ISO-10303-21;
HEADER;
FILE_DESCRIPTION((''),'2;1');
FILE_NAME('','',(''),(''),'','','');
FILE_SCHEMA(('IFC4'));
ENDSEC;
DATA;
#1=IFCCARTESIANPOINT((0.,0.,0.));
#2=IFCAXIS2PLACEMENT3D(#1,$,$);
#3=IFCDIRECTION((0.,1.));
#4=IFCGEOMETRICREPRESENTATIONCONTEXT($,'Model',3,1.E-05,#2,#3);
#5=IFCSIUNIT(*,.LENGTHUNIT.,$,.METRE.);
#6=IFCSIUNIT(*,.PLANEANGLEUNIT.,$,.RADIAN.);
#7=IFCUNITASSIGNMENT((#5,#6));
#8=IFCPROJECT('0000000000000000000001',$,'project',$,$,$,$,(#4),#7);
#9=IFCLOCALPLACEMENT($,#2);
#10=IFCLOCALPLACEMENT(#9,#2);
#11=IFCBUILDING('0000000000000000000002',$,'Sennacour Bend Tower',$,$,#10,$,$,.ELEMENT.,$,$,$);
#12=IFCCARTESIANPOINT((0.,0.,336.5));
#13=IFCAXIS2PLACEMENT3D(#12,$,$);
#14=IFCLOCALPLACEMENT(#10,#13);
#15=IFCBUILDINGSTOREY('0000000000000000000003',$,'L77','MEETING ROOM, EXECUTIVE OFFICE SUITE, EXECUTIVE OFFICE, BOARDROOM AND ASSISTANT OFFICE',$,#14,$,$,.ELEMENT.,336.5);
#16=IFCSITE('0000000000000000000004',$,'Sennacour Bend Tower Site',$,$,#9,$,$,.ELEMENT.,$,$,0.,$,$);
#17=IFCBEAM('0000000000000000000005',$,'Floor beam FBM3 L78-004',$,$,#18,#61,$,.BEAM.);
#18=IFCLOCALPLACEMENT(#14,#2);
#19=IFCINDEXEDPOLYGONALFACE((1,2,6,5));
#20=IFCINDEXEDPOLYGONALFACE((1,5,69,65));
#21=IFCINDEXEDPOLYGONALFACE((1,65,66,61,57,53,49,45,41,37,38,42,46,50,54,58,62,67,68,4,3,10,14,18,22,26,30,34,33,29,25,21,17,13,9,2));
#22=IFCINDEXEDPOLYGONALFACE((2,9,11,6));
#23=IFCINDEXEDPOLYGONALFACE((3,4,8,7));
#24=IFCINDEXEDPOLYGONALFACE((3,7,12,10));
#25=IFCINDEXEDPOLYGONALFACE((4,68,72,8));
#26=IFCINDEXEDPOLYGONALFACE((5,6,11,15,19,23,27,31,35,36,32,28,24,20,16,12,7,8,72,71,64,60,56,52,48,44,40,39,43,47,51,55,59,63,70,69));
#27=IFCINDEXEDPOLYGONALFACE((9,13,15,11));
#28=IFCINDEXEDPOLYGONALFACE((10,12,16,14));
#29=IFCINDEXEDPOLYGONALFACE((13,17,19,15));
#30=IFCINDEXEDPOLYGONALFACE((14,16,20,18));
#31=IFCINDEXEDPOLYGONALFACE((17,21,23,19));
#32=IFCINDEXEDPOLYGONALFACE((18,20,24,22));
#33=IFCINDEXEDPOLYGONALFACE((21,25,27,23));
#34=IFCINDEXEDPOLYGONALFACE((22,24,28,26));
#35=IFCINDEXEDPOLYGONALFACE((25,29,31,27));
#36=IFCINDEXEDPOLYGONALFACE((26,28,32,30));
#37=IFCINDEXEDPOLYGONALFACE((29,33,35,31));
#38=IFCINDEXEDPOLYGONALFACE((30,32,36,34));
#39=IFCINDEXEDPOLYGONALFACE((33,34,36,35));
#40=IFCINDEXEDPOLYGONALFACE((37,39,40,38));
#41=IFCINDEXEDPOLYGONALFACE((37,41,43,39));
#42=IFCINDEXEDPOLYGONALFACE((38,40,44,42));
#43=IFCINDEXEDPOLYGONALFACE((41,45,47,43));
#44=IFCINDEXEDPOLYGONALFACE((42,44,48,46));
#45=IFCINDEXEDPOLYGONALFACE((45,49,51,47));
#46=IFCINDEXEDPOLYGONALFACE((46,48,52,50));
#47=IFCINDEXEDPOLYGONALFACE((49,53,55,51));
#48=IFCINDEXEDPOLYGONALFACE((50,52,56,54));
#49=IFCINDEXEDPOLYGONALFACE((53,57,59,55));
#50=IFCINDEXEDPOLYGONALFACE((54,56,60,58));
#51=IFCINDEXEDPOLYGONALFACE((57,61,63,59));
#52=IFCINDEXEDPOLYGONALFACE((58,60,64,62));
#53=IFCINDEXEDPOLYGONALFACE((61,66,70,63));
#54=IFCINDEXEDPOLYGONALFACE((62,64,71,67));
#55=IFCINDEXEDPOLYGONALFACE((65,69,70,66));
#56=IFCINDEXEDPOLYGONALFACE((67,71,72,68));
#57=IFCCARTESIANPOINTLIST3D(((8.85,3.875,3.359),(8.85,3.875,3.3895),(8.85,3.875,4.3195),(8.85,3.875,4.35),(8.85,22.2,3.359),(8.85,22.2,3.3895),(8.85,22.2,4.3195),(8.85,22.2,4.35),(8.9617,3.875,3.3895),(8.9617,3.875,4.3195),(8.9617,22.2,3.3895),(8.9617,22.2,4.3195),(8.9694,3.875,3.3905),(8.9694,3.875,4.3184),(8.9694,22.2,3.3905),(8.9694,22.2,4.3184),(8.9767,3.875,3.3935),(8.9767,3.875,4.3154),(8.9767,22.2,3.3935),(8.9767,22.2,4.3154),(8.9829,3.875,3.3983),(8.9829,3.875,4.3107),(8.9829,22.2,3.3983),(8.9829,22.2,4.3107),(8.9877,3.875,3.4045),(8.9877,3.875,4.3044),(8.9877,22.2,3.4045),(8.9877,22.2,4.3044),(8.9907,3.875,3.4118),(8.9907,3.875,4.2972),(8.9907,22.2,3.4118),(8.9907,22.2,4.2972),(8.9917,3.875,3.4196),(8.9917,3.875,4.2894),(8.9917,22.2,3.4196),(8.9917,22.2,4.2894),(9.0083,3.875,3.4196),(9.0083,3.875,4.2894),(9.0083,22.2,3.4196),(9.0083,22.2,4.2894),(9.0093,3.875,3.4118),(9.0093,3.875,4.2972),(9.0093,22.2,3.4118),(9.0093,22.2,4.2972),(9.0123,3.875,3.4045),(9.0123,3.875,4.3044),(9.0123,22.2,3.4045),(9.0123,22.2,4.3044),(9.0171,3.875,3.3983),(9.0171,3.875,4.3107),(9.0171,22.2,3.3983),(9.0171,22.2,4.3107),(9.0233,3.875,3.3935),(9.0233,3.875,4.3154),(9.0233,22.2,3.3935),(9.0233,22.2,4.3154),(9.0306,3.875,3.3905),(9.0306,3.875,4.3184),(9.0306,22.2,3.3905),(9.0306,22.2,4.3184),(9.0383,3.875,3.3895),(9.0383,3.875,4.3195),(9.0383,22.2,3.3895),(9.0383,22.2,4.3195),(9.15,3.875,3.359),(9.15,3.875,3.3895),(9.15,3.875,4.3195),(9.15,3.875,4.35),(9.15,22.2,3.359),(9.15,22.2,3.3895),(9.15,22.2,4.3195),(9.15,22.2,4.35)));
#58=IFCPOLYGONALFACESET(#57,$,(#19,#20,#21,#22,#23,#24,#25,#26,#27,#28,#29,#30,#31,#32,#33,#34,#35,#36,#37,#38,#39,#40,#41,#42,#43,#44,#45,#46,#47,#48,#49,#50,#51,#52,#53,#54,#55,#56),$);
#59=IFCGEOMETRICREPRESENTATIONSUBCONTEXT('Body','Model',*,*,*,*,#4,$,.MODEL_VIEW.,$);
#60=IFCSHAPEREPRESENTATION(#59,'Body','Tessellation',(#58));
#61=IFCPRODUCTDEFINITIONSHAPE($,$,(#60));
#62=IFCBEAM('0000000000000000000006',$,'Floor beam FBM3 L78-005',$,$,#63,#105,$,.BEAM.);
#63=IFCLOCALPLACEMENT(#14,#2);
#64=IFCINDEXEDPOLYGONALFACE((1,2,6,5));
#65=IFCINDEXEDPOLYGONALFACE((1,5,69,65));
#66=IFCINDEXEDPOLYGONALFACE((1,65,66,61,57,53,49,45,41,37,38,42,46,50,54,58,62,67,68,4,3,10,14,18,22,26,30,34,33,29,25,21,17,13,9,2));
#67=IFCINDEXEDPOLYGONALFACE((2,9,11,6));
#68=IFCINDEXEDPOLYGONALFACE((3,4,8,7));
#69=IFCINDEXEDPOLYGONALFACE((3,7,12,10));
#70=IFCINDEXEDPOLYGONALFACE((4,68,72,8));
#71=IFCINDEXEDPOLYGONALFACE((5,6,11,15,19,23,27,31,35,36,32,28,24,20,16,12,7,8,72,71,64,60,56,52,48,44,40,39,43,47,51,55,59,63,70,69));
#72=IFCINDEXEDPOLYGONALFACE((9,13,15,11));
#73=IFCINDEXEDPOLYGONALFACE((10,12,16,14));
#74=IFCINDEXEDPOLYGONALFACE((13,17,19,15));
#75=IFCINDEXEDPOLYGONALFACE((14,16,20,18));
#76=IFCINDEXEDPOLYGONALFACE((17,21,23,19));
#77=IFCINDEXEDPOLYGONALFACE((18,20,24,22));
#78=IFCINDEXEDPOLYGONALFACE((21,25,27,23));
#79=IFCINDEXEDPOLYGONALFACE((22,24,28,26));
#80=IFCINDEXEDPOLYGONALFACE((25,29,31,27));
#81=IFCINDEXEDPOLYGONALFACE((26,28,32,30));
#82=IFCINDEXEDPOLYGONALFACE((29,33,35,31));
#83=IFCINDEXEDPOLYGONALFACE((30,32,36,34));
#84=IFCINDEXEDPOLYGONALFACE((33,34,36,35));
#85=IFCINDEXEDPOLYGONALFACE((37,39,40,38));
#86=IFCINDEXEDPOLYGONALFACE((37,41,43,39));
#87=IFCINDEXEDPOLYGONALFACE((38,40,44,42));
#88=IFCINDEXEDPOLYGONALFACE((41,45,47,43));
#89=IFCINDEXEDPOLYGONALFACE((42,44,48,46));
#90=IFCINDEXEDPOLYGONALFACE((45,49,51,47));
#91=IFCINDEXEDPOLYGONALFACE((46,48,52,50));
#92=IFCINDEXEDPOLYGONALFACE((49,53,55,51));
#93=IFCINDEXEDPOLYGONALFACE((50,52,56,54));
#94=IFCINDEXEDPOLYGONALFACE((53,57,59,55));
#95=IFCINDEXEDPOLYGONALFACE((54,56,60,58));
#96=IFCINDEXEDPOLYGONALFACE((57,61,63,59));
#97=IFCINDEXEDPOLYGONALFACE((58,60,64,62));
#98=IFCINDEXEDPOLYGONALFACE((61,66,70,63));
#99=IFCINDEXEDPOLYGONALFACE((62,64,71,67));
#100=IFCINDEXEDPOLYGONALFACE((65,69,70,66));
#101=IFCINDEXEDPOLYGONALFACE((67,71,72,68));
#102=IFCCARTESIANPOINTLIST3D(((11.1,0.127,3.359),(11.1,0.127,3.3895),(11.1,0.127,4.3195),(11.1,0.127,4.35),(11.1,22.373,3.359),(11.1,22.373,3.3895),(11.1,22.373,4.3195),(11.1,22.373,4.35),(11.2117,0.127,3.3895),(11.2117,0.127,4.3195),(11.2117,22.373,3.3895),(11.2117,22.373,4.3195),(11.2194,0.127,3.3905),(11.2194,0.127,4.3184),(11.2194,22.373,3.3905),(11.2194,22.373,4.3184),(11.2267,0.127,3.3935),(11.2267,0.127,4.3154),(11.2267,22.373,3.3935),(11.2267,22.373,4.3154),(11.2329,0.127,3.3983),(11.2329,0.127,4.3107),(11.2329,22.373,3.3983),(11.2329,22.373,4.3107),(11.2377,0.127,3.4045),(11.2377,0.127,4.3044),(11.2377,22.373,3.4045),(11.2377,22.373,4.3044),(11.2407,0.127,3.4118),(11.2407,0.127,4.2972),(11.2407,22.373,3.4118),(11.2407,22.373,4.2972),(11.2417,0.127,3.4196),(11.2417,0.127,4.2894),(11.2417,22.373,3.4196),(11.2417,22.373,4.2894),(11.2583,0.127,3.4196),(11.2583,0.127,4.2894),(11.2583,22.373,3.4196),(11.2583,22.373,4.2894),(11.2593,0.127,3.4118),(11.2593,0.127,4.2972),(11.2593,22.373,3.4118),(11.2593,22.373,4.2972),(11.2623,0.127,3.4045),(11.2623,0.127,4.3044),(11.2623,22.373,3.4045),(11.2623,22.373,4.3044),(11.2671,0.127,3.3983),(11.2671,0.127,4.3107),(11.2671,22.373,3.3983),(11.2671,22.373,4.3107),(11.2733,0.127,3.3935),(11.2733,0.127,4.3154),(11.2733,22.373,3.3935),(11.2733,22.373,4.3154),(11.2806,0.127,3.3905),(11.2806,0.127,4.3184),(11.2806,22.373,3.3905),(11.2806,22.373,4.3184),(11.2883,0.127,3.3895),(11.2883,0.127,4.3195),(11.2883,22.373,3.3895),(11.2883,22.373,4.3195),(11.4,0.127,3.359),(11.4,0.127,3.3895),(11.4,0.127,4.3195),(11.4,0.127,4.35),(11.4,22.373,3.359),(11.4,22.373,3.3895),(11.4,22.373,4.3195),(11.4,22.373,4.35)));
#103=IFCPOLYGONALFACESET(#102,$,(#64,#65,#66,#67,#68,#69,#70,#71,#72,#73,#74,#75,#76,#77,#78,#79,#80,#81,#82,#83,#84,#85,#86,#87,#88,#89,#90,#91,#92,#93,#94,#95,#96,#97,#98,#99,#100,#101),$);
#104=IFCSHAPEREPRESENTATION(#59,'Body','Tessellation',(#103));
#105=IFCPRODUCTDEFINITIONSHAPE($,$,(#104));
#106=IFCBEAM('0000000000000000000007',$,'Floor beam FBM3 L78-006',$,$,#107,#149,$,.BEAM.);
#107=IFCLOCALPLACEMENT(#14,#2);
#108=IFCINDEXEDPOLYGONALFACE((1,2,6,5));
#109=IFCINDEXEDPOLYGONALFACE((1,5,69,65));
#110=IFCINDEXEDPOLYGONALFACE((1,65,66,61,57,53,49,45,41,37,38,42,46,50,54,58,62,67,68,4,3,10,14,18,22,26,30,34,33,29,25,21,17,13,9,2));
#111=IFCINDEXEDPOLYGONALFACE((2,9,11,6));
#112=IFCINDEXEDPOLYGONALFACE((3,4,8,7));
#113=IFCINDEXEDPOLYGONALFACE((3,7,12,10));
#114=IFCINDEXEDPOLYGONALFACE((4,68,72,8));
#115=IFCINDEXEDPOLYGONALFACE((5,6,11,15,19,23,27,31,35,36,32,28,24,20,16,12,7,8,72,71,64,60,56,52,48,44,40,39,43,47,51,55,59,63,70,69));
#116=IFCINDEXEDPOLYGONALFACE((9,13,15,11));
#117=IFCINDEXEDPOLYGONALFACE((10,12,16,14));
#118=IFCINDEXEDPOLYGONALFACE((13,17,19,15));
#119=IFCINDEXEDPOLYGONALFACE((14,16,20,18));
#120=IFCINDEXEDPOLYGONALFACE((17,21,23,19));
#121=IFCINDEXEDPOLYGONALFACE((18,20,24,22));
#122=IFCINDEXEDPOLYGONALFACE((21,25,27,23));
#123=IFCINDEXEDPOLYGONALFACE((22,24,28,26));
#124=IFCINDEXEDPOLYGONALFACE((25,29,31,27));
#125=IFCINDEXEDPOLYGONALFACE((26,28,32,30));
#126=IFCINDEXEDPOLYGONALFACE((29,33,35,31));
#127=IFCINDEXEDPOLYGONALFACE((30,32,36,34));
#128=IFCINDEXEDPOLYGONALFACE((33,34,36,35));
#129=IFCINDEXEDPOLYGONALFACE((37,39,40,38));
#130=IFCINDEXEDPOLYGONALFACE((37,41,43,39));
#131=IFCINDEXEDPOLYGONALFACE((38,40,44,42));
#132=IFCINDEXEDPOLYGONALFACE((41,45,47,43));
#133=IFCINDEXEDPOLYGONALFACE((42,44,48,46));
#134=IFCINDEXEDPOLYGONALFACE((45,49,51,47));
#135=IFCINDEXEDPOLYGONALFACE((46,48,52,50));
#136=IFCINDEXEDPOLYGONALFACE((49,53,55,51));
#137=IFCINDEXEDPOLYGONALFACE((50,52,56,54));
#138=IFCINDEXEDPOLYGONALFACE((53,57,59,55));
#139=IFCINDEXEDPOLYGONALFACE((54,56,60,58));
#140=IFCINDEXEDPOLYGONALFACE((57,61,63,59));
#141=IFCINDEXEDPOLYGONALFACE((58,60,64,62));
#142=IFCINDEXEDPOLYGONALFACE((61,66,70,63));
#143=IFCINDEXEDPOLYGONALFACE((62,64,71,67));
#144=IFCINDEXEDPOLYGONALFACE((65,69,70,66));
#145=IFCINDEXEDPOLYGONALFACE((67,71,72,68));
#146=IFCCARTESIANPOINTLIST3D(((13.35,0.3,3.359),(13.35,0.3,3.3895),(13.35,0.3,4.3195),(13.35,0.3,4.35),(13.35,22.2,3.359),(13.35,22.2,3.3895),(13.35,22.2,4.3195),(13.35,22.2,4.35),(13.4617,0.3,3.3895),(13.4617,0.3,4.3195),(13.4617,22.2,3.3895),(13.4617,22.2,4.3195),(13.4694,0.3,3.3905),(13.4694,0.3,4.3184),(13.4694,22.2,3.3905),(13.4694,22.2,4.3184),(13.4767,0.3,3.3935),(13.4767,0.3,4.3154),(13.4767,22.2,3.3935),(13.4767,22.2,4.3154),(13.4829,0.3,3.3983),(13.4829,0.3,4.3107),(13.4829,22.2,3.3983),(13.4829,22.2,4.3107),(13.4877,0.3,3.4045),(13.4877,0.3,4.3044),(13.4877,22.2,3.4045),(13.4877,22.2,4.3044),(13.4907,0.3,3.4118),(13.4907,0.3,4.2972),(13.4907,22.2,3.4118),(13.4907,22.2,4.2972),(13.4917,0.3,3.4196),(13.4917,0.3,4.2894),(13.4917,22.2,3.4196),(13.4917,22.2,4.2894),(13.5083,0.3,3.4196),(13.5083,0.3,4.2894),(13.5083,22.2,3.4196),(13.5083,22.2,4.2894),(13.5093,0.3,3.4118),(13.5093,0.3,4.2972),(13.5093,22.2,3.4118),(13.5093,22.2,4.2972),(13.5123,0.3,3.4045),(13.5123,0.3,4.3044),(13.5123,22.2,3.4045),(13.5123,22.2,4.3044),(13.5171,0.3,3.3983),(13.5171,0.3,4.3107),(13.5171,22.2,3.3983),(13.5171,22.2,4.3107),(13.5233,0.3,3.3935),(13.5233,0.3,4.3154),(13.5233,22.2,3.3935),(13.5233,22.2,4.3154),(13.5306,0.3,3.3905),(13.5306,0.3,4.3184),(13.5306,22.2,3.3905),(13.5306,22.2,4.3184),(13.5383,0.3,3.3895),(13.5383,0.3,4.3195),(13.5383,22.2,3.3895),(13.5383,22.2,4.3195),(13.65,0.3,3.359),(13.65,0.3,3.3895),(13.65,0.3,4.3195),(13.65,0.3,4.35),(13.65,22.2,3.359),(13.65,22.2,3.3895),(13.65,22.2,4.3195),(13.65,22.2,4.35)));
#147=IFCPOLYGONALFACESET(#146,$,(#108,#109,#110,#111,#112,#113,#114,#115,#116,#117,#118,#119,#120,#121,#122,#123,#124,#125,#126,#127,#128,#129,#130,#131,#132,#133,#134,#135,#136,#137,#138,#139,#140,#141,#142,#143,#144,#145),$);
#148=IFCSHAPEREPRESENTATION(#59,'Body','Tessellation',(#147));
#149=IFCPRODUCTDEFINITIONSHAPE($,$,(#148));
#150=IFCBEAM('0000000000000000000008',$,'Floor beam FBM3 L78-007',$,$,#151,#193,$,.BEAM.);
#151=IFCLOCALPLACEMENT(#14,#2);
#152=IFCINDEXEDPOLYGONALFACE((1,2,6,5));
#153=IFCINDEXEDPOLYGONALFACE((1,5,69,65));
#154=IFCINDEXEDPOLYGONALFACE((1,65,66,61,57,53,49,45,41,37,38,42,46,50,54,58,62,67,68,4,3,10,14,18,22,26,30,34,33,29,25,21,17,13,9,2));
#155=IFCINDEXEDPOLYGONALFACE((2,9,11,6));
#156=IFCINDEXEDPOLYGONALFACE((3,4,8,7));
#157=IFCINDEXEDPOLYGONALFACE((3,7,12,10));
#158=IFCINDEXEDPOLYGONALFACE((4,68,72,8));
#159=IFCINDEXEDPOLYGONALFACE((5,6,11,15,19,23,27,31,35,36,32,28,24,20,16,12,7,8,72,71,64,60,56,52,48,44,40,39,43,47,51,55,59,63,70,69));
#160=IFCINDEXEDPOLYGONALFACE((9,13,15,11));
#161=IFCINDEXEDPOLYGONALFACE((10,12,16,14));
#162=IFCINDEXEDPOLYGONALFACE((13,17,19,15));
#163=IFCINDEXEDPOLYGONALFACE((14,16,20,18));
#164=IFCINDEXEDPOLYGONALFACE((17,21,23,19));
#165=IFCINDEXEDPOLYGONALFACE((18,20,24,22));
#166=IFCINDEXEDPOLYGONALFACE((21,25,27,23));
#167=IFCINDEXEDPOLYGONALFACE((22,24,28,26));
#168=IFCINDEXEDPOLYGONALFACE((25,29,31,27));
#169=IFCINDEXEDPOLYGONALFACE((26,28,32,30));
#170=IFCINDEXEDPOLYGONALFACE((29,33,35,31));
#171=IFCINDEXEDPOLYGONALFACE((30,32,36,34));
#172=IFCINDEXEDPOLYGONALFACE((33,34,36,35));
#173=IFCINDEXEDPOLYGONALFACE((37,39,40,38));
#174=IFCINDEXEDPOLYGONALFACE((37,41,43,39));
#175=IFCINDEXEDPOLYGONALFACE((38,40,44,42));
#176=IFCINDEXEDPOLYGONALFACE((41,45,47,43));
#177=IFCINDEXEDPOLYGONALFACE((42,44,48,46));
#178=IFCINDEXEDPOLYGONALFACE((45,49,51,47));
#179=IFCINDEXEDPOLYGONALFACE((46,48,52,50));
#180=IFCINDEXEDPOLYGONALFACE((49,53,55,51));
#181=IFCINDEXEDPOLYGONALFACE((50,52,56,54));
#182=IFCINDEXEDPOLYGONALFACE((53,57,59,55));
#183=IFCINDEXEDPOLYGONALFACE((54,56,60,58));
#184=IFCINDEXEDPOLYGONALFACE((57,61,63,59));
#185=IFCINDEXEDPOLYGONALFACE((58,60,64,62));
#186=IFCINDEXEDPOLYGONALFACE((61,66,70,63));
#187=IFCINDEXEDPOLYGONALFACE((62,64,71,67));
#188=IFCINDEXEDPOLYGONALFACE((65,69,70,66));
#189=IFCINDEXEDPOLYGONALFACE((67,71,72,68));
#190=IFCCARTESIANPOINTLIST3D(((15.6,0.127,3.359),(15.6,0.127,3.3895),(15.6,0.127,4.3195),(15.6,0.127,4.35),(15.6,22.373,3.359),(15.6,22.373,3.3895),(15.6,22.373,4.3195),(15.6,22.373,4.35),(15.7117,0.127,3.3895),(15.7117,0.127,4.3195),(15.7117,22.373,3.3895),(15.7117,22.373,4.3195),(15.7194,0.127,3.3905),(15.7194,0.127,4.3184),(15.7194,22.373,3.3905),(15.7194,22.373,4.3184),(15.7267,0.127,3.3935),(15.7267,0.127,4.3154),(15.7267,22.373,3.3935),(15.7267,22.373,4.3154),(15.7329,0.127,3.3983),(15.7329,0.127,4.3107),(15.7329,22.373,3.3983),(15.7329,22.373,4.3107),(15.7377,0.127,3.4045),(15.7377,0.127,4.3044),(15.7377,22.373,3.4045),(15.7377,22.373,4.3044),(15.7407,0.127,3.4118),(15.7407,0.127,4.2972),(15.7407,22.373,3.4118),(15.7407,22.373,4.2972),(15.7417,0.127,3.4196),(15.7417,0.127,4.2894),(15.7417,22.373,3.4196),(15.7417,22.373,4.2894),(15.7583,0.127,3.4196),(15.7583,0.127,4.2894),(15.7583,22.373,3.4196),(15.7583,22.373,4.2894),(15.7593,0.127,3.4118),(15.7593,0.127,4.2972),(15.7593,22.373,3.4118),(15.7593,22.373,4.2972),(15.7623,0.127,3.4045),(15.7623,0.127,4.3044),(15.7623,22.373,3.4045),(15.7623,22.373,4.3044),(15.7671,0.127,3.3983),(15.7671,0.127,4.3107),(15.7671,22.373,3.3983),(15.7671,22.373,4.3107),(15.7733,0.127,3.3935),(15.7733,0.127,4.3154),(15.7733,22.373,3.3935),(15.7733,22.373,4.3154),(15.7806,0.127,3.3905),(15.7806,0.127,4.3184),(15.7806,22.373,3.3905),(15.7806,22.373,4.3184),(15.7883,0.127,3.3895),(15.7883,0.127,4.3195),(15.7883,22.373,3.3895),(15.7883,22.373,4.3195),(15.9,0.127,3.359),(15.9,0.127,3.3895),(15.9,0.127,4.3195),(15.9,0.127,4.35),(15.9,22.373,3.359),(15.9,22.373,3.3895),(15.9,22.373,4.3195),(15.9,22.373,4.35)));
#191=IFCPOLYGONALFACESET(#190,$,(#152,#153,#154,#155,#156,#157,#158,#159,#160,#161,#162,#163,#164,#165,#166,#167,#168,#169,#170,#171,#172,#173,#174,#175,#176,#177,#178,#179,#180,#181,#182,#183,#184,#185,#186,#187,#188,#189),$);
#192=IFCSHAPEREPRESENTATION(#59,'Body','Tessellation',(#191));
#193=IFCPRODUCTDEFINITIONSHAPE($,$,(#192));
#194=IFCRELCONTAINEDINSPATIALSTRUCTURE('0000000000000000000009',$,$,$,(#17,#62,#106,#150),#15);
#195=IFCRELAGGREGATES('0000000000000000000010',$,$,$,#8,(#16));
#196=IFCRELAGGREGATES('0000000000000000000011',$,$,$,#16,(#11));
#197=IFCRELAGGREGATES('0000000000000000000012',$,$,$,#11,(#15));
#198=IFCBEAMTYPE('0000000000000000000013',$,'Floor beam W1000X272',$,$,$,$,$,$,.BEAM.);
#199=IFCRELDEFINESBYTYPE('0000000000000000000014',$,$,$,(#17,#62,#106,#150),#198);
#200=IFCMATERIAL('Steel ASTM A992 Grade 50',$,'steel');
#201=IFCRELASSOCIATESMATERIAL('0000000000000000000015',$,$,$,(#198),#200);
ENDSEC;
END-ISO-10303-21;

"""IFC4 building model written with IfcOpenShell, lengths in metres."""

from ifc_helpers import new_model, si_unit, direction, frame, origin, origin_2d, place, context, subcontext, project, spatial, i_section, extrude, material, material_profile, profile_set, type_object, element, save


model = new_model("IFC4")

# Units and contexts
model_context = context("Model", 3, precision=1e-05, world=origin(), true_north=direction((0.0, 1.0)))
body_context = subcontext(model_context, "Body", "Model", "MODEL_VIEW")
ifc_project = project(units=[si_unit("LENGTHUNIT", "METRE"), si_unit("PLANEANGLEUNIT", "RADIAN")], contexts=[model_context])

# Site, building, storey
site_placement = place(None, origin())
site = spatial("IfcSite", under=ifc_project, at=site_placement, Name="Sennacour Bend Tower Site", CompositionType="ELEMENT", RefElevation=0.0)
building_placement = place(site_placement, origin())
building = spatial("IfcBuilding", under=site, at=building_placement, Name="Sennacour Bend Tower", CompositionType="ELEMENT")
storey_placement = place(building_placement, frame((0.0, 0.0, 336.5)))
storey = spatial("IfcBuildingStorey", under=building, at=storey_placement, Name="L77", Description="MEETING ROOM, EXECUTIVE OFFICE SUITE, EXECUTIVE OFFICE, BOARDROOM AND ASSISTANT OFFICE", CompositionType="ELEMENT", Elevation=336.5)

# Beams
ifc_material_1 = material(Name="Steel ASTM A992 Grade 50", Category="steel")
ifc_material_profile_1 = material_profile(ifc_material_1, i_section(OverallWidth=0.3, OverallDepth=0.991, WebThickness=0.0166, FlangeThickness=0.0305, FilletRadius=0.03, at=origin_2d()), Name="Steel ASTM A992 Grade 50", Category="steel")
ifc_profile_set_1 = profile_set([ifc_material_profile_1], Name="Steel ASTM A992 Grade 50")
beam_type_1 = type_object("IfcBeamType", Name="Floor beam W1000X272", PredefinedType="BEAM", material=ifc_profile_set_1)
beam_1_placement = place(storey_placement, frame((9.0, 3.875, 3.8545), z_axis=(0.0, 1.0, 0.0), x_axis=(-1.0, 0.0, 0.0)))
element("IfcBeam", 1, at=beam_1_placement, inside=storey, type_object=beam_type_1, Name="Floor beam FBM3 L78-004", PredefinedType="BEAM", context=body_context, shape_type="SweptSolid", body=[
    extrude(i_section(OverallWidth=0.3, OverallDepth=0.991, WebThickness=0.0166, FlangeThickness=0.0305, FilletRadius=0.03, at=origin_2d()), origin(), (0.0, 0.0, 1.0), 18.325),
])
beam_2_placement = place(storey_placement, frame((11.25, 0.127, 3.8545), z_axis=(0.0, 1.0, 0.0), x_axis=(-1.0, 0.0, 0.0)))
element("IfcBeam", 2, at=beam_2_placement, inside=storey, type_object=beam_type_1, Name="Floor beam FBM3 L78-005", PredefinedType="BEAM", context=body_context, shape_type="SweptSolid", body=[
    extrude(i_section(OverallWidth=0.3, OverallDepth=0.991, WebThickness=0.0166, FlangeThickness=0.0305, FilletRadius=0.03, at=origin_2d()), origin(), (0.0, 0.0, 1.0), 22.2461),
])
beam_3_placement = place(storey_placement, frame((13.5, 0.3, 3.8545), z_axis=(0.0, 1.0, 0.0), x_axis=(-1.0, 0.0, 0.0)))
element("IfcBeam", 3, at=beam_3_placement, inside=storey, type_object=beam_type_1, Name="Floor beam FBM3 L78-006", PredefinedType="BEAM", context=body_context, shape_type="SweptSolid", body=[
    extrude(i_section(OverallWidth=0.3, OverallDepth=0.991, WebThickness=0.0166, FlangeThickness=0.0305, FilletRadius=0.03, at=origin_2d()), origin(), (0.0, 0.0, 1.0), 21.8999),
])
beam_4_placement = place(storey_placement, frame((15.75, 0.127, 3.8545), z_axis=(0.0, 1.0, 0.0), x_axis=(-1.0, 0.0, 0.0)))
element("IfcBeam", 4, at=beam_4_placement, inside=storey, type_object=beam_type_1, Name="Floor beam FBM3 L78-007", PredefinedType="BEAM", context=body_context, shape_type="SweptSolid", body=[
    extrude(i_section(OverallWidth=0.3, OverallDepth=0.991, WebThickness=0.0166, FlangeThickness=0.0305, FilletRadius=0.03, at=origin_2d()), origin(), (0.0, 0.0, 1.0), 22.2461),
])

save(model, "model.ifc")
